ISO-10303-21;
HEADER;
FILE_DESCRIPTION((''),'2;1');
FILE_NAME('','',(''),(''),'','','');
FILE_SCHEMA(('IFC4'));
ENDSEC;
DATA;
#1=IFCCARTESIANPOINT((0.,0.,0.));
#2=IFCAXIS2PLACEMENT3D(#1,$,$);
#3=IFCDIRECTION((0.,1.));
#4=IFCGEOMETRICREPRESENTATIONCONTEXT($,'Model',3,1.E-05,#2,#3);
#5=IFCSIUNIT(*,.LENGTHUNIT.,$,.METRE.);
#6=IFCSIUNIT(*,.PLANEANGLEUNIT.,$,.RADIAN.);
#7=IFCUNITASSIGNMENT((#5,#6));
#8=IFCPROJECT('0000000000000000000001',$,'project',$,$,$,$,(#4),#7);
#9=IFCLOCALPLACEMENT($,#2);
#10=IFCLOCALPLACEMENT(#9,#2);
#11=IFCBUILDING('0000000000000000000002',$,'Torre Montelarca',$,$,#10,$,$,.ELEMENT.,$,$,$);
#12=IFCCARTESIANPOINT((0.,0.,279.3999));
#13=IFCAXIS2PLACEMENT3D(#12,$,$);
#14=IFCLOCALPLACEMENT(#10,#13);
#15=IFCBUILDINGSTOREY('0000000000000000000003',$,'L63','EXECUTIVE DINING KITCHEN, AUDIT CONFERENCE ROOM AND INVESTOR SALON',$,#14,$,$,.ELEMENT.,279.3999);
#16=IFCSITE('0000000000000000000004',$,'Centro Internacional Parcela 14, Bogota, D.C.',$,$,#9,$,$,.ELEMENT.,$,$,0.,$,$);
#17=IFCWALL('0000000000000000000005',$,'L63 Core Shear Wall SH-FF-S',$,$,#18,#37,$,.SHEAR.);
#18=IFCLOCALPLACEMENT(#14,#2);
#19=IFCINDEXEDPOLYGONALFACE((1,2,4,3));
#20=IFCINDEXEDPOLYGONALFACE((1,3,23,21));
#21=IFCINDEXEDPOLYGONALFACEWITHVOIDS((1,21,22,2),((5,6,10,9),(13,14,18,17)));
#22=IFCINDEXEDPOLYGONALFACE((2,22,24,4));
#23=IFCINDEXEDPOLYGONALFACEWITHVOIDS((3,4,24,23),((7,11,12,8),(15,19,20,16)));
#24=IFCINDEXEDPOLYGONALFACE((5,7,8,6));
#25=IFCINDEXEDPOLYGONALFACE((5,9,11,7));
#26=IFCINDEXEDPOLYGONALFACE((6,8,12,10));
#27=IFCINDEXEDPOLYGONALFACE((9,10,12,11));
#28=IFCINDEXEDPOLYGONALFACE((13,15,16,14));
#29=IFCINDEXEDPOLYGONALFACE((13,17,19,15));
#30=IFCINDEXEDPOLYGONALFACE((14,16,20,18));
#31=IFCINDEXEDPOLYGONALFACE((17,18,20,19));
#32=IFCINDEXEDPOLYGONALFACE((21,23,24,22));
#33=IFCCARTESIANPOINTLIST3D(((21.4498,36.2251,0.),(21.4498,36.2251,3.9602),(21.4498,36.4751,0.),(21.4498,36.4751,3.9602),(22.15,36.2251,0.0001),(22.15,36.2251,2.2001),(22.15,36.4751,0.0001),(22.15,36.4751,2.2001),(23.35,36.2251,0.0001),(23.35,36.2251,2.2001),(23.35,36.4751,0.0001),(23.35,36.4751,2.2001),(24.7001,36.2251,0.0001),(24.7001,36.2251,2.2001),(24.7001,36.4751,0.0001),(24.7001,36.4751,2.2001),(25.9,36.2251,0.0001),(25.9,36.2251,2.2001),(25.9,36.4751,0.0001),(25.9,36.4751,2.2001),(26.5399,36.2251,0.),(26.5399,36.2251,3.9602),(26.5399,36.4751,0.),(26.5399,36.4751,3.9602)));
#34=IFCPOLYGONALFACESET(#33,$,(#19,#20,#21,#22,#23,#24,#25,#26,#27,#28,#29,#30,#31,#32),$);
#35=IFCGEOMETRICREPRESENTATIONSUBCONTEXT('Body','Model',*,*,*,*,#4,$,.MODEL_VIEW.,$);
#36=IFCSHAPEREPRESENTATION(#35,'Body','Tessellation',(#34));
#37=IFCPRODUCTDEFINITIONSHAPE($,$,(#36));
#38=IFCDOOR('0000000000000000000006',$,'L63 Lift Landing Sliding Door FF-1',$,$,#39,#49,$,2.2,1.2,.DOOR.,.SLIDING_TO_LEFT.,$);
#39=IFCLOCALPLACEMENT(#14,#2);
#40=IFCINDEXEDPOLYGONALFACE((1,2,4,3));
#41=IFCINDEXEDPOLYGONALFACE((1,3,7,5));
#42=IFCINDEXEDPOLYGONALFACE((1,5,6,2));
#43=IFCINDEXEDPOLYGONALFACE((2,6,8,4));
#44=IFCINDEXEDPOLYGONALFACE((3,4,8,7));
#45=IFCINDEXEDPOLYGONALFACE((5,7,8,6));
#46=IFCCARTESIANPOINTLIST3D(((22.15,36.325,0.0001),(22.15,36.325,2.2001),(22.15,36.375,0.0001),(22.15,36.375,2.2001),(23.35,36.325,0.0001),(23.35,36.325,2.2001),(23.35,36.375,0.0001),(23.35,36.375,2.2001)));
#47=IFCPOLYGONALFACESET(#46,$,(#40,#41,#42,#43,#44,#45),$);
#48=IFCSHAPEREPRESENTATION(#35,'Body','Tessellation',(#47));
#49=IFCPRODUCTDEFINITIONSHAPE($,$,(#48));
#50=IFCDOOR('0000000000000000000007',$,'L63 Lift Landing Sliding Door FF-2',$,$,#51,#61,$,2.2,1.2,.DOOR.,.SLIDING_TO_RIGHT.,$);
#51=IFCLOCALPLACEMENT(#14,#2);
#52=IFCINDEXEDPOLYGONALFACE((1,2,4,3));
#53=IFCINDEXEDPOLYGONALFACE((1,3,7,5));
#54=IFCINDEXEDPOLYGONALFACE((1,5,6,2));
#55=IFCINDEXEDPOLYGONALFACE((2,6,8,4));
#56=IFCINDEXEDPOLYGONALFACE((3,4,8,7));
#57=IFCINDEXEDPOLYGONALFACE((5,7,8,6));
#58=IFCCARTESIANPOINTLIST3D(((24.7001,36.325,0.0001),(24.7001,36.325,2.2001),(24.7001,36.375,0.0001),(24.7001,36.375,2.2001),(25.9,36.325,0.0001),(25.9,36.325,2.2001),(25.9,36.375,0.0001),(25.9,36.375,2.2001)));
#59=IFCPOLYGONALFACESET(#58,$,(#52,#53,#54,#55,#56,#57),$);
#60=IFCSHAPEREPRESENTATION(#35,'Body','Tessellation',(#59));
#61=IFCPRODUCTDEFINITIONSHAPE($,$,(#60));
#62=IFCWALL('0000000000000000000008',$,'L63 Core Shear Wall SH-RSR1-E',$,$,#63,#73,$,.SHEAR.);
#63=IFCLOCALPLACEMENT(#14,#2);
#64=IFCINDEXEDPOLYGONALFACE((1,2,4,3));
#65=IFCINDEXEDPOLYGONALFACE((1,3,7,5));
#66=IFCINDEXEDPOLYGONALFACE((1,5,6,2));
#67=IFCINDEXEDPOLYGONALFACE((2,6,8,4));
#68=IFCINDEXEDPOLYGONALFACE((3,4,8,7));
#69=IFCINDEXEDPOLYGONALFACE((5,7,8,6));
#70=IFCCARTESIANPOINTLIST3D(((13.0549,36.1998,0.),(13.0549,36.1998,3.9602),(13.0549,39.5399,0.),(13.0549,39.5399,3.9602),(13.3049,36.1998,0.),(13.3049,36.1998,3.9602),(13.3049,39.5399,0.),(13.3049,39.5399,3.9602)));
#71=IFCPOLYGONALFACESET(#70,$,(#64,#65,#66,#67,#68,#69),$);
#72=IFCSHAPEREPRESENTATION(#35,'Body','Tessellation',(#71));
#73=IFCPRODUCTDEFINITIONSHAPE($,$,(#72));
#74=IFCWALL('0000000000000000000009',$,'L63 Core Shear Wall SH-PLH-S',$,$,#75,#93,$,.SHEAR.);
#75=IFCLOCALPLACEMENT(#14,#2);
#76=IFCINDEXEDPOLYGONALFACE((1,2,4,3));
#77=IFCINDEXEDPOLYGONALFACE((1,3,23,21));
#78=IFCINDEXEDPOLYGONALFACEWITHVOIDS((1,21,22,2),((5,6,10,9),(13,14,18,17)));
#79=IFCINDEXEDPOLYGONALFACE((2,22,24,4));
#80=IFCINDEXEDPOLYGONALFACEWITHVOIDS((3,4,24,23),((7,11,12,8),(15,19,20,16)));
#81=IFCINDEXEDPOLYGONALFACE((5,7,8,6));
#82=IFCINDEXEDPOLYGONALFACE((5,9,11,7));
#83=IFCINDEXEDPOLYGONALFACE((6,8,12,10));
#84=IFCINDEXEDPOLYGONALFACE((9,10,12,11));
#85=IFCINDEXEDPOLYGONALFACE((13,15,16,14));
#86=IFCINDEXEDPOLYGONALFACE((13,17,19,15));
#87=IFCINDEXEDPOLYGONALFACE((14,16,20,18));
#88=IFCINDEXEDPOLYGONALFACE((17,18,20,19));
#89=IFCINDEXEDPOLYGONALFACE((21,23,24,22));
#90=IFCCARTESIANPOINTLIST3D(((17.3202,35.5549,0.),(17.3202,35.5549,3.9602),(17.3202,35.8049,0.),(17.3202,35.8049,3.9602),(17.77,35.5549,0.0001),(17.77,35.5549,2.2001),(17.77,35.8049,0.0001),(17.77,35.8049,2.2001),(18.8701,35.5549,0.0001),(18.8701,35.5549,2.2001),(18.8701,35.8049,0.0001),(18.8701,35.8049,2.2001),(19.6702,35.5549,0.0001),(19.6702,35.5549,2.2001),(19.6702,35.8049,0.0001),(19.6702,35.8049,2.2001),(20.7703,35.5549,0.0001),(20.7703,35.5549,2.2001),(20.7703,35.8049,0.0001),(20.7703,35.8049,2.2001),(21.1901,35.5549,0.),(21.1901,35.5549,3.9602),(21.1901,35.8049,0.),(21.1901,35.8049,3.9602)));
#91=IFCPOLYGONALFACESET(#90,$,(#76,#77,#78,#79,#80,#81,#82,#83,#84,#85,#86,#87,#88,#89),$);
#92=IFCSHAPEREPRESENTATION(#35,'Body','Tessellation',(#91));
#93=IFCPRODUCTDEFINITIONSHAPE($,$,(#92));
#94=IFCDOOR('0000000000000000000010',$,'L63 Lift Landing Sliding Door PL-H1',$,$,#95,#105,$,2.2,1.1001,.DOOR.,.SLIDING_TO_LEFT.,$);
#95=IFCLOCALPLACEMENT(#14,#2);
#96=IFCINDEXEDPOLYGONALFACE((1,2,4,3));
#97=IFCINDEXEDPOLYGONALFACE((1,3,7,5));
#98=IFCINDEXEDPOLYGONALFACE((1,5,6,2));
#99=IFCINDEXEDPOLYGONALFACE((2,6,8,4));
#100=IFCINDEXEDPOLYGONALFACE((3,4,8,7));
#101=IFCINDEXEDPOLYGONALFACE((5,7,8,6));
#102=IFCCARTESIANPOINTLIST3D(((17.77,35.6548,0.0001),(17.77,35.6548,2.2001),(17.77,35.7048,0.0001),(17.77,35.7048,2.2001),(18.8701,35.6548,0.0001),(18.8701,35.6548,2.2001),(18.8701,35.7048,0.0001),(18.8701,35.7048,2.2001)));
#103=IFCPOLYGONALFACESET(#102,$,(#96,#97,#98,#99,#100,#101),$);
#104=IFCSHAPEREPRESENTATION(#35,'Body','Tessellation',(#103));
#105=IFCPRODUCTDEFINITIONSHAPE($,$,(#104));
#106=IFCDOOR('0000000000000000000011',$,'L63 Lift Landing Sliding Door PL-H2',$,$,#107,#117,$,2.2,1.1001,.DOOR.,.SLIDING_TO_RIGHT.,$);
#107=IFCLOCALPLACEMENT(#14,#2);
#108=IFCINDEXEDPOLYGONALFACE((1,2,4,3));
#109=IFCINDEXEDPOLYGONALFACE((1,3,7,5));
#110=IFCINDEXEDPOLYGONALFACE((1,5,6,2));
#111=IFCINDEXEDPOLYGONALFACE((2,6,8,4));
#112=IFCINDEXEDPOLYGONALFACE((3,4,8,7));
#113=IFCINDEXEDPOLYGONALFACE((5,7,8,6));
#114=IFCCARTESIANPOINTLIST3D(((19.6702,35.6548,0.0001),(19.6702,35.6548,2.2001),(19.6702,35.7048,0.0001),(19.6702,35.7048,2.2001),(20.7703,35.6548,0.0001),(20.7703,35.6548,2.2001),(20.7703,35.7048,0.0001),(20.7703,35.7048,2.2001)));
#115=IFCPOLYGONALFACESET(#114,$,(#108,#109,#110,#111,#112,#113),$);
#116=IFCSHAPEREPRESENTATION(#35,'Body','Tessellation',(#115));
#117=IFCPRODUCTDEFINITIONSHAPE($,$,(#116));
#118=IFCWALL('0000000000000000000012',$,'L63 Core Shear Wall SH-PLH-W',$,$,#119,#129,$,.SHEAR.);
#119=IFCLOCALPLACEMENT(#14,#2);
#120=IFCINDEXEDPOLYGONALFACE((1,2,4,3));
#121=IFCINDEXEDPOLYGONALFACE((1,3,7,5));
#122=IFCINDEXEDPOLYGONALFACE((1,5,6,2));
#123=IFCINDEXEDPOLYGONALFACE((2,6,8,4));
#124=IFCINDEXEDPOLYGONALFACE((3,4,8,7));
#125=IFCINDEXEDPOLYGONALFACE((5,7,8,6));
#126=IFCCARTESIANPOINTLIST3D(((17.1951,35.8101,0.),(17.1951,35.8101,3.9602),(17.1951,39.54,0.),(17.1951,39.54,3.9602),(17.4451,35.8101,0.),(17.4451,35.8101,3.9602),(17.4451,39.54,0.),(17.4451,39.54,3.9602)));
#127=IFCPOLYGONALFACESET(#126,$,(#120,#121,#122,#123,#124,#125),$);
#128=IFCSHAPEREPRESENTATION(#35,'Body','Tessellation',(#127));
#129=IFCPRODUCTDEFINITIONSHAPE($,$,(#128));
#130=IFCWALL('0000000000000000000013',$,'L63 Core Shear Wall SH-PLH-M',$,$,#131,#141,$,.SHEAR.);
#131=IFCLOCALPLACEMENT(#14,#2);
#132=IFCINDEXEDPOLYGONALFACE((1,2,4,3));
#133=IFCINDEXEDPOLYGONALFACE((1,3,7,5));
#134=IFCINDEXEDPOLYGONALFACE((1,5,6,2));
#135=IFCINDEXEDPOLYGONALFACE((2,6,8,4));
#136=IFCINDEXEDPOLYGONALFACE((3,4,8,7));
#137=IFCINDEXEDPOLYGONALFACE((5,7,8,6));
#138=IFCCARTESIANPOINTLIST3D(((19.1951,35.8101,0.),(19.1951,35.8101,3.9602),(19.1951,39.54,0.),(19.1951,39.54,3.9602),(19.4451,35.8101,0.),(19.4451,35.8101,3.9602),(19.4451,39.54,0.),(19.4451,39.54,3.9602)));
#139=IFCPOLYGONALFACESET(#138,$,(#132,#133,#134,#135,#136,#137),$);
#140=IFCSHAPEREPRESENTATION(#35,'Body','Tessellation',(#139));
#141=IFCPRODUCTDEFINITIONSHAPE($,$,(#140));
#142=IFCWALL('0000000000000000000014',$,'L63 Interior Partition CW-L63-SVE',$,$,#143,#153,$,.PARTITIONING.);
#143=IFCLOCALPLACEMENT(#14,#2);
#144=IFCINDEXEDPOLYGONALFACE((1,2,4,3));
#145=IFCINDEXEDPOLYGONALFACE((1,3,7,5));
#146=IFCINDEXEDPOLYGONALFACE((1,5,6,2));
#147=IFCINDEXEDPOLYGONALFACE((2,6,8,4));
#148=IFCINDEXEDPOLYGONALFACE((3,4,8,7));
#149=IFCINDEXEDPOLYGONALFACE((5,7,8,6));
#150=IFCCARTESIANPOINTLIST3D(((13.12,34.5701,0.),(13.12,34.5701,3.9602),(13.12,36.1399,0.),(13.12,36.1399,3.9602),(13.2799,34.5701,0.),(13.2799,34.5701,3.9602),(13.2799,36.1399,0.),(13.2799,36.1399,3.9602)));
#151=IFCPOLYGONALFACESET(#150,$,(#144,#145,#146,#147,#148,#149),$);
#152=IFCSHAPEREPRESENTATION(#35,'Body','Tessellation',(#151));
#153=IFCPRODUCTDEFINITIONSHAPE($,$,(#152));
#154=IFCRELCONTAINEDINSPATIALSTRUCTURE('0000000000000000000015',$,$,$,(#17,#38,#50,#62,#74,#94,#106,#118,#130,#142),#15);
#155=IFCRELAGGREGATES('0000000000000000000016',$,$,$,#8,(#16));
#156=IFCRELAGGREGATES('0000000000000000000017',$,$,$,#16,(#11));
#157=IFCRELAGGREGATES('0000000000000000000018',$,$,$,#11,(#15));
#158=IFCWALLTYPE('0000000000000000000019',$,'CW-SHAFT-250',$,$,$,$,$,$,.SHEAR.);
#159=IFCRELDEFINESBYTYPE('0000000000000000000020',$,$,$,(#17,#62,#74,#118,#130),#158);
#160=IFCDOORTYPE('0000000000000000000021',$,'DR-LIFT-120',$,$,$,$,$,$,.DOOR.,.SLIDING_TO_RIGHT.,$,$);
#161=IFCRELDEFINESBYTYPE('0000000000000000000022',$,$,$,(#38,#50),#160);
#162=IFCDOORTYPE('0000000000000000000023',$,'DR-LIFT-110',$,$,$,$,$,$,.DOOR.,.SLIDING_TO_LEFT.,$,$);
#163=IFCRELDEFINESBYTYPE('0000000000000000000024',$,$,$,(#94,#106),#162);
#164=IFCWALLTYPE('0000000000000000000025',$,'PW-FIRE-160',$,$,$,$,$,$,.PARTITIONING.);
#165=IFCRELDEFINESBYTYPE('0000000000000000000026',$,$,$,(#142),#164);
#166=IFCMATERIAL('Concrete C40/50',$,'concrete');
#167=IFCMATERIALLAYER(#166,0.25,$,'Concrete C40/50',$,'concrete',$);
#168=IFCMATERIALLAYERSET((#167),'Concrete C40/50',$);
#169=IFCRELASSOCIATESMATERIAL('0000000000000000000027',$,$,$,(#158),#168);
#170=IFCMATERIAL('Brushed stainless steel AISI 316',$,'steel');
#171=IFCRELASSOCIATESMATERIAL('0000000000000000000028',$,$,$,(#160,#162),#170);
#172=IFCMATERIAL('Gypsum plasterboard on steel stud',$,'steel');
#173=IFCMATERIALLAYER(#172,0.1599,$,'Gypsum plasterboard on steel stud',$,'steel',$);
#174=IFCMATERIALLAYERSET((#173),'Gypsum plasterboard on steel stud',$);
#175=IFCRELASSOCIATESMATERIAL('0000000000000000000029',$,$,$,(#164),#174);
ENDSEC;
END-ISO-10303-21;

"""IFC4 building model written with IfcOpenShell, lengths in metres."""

from ifc_helpers import new_model, si_unit, direction, frame, frame_2d, origin, place, context, subcontext, project, spatial, rectangle, extrude, source, transform, mapped, material, layer, layer_set, type_object, element, fill, save


model = new_model("IFC4")

# Units and contexts
model_context = context("Model", 3, precision=1e-05, world=origin(), true_north=direction((0.0, 1.0)))
body_context = subcontext(model_context, "Body", "Model", "MODEL_VIEW")
ifc_project = project(units=[si_unit("LENGTHUNIT", "METRE"), si_unit("PLANEANGLEUNIT", "RADIAN")], contexts=[model_context])

# Site, building, storey
site_placement = place(None, origin())
site = spatial("IfcSite", under=ifc_project, at=site_placement, Name="Centro Internacional Parcela 14, Bogota, D.C.", CompositionType="ELEMENT", RefElevation=0.0)
building_placement = place(site_placement, origin())
building = spatial("IfcBuilding", under=site, at=building_placement, Name="Torre Montelarca", CompositionType="ELEMENT")
storey_placement = place(building_placement, frame((0.0, 0.0, 279.3999)))
storey = spatial("IfcBuildingStorey", under=building, at=storey_placement, Name="L63", Description="EXECUTIVE DINING KITCHEN, AUDIT CONFERENCE ROOM AND INVESTOR SALON", CompositionType="ELEMENT", Elevation=279.3999)

# Shared definitions
ifc_material_1 = material(Name="Concrete C40/50", Category="concrete")
ifc_layer_1 = layer(ifc_material_1, 0.25, Name="Concrete C40/50", Category="concrete")
ifc_layer_set_1 = layer_set([ifc_layer_1], Name="Concrete C40/50")
wall_type_1 = type_object("IfcWallType", Name="CW-SHAFT-250", PredefinedType="SHEAR", material=ifc_layer_set_1)

# Wall, openings, doors
wall_1_placement = place(storey_placement, frame((21.45, 36.3501, 0.0), z_axis=(0.0, 0.0, 1.0), x_axis=(1.0, 0.0, 0.0)))
wall_1 = element("IfcWall", 1, at=wall_1_placement, inside=storey, type_object=wall_type_1, Name="L63 Core Shear Wall SH-FF-S", PredefinedType="SHEAR", context=body_context, shape_type="SweptSolid", body=[
    extrude(rectangle(XDim=5.0901, YDim=0.25, at=frame_2d((2.5449, 0.0))), origin(), (0.0, 0.0, 1.0), 3.9602),
])
opening_1_placement = place(wall_1_placement, frame((0.7, 0.0, 0.0)))
opening_1 = element("IfcOpeningElement", 2, at=opening_1_placement, cuts=wall_1, PredefinedType="OPENING", context=body_context, shape_type="SweptSolid", body=[
    extrude(rectangle(XDim=1.2, YDim=2.2, at=frame_2d((0.6001, 1.1001))), frame((0.0, 0.135, 0.0), z_axis=(0.0, -1.0, 0.0), x_axis=(1.0, 0.0, 0.0)), (0.0, 0.0, 1.0), 0.27),
])
opening_2_placement = place(wall_1_placement, frame((3.25, 0.0, 0.0)))
opening_2 = element("IfcOpeningElement", 3, at=opening_2_placement, cuts=wall_1, PredefinedType="OPENING", context=body_context, shape_type="SweptSolid", body=[
    extrude(rectangle(XDim=1.2, YDim=2.2, at=frame_2d((0.6001, 1.1001))), frame((0.0, 0.135, 0.0), z_axis=(0.0, -1.0, 0.0), x_axis=(1.0, 0.0, 0.0)), (0.0, 0.0, 1.0), 0.27),
])
ifc_material_2 = material(Name="Brushed stainless steel AISI 316", Category="steel")
door_type_1 = type_object("IfcDoorType", Name="DR-LIFT-120", OperationType="SLIDING_TO_RIGHT", PredefinedType="DOOR", material=ifc_material_2)
shared_shape_1 = source(origin(), body_context, "Body", "SweptSolid", [
    extrude(rectangle(XDim=1.2, YDim=2.2, at=frame_2d((0.6001, 1.1001))), frame((0.0, 0.0249, 0.0), z_axis=(0.0, -1.0, 0.0), x_axis=(1.0, 0.0, 0.0)), (0.0, 0.0, 1.0), 0.05),
])
door_1_placement = place(opening_1_placement, origin())
door_1 = element("IfcDoor", 4, at=door_1_placement, inside=storey, type_object=door_type_1, Name="L63 Lift Landing Sliding Door FF-1", OperationType="SLIDING_TO_LEFT", OverallHeight=2.2, OverallWidth=1.2, PredefinedType="DOOR", context=body_context, shape_type="MappedRepresentation", body=[
    mapped(shared_shape_1, transform((0.0, 0.0, 0.0), scale=1.0)),
])
fill(opening_1, door_1)
door_2_placement = place(opening_2_placement, origin())
door_2 = element("IfcDoor", 5, at=door_2_placement, inside=storey, type_object=door_type_1, Name="L63 Lift Landing Sliding Door FF-2", OperationType="SLIDING_TO_RIGHT", OverallHeight=2.2, OverallWidth=1.2, PredefinedType="DOOR", context=body_context, shape_type="MappedRepresentation", body=[
    mapped(shared_shape_1, transform((0.0, 0.0, 0.0), scale=1.0)),
])
fill(opening_2, door_2)

# Wall
wall_2_placement = place(storey_placement, frame((13.1799, 36.2, 0.0), z_axis=(0.0, 0.0, 1.0), x_axis=(0.0, 1.0, 0.0)))
element("IfcWall", 6, at=wall_2_placement, inside=storey, type_object=wall_type_1, Name="L63 Core Shear Wall SH-RSR1-E", PredefinedType="SHEAR", context=body_context, shape_type="SweptSolid", body=[
    extrude(rectangle(XDim=3.3401, YDim=0.25, at=frame_2d((1.6699, 0.0))), origin(), (0.0, 0.0, 1.0), 3.9602),
])

# Wall, openings, doors
wall_3_placement = place(storey_placement, frame((17.3201, 35.6799, 0.0), z_axis=(0.0, 0.0, 1.0), x_axis=(1.0, 0.0, 0.0)))
wall_3 = element("IfcWall", 7, at=wall_3_placement, inside=storey, type_object=wall_type_1, Name="L63 Core Shear Wall SH-PLH-S", PredefinedType="SHEAR", context=body_context, shape_type="SweptSolid", body=[
    extrude(rectangle(XDim=3.8699, YDim=0.25, at=frame_2d((1.9351, 0.0))), origin(), (0.0, 0.0, 1.0), 3.9602),
])
opening_3_placement = place(wall_3_placement, frame((0.45, 0.0, 0.0)))
opening_3 = element("IfcOpeningElement", 8, at=opening_3_placement, cuts=wall_3, PredefinedType="OPENING", context=body_context, shape_type="SweptSolid", body=[
    extrude(rectangle(XDim=1.1001, YDim=2.2, at=frame_2d((0.55, 1.1001))), frame((0.0, 0.135, 0.0), z_axis=(0.0, -1.0, 0.0), x_axis=(1.0, 0.0, 0.0)), (0.0, 0.0, 1.0), 0.27),
])
opening_4_placement = place(wall_3_placement, frame((2.3501, 0.0, 0.0)))
opening_4 = element("IfcOpeningElement", 9, at=opening_4_placement, cuts=wall_3, PredefinedType="OPENING", context=body_context, shape_type="SweptSolid", body=[
    extrude(rectangle(XDim=1.1001, YDim=2.2, at=frame_2d((0.55, 1.1001))), frame((0.0, 0.135, 0.0), z_axis=(0.0, -1.0, 0.0), x_axis=(1.0, 0.0, 0.0)), (0.0, 0.0, 1.0), 0.27),
])
door_type_2 = type_object("IfcDoorType", Name="DR-LIFT-110", OperationType="SLIDING_TO_LEFT", PredefinedType="DOOR", material=ifc_material_2)
shared_shape_2 = source(origin(), body_context, "Body", "SweptSolid", [
    extrude(rectangle(XDim=1.1001, YDim=2.2, at=frame_2d((0.55, 1.1001))), frame((0.0, 0.0249, 0.0), z_axis=(0.0, -1.0, 0.0), x_axis=(1.0, 0.0, 0.0)), (0.0, 0.0, 1.0), 0.05),
])
door_3_placement = place(opening_3_placement, origin())
door_3 = element("IfcDoor", 10, at=door_3_placement, inside=storey, type_object=door_type_2, Name="L63 Lift Landing Sliding Door PL-H1", OperationType="SLIDING_TO_LEFT", OverallHeight=2.2, OverallWidth=1.1001, PredefinedType="DOOR", context=body_context, shape_type="MappedRepresentation", body=[
    mapped(shared_shape_2, transform((0.0, 0.0, 0.0), scale=1.0)),
])
fill(opening_3, door_3)
door_4_placement = place(opening_4_placement, origin())
door_4 = element("IfcDoor", 11, at=door_4_placement, inside=storey, type_object=door_type_2, Name="L63 Lift Landing Sliding Door PL-H2", OperationType="SLIDING_TO_RIGHT", OverallHeight=2.2, OverallWidth=1.1001, PredefinedType="DOOR", context=body_context, shape_type="MappedRepresentation", body=[
    mapped(shared_shape_2, transform((0.0, 0.0, 0.0), scale=1.0)),
])
fill(opening_4, door_4)

# Walls
for number, where, z_axis, x_axis, name in (
    (12, (17.3201, 35.8101, 0.0), (0.0, 0.0, 1.0), (0.0, 1.0, 0.0), "L63 Core Shear Wall SH-PLH-W"),
    (13, (19.3201, 35.8101, 0.0), (0.0, 0.0, 1.0), (0.0, 1.0, 0.0), "L63 Core Shear Wall SH-PLH-M"),
):
    element("IfcWall", number, at=place(storey_placement, frame(where, z_axis=z_axis, x_axis=x_axis)), inside=storey, type_object=wall_type_1, Name=name, PredefinedType="SHEAR", context=body_context, shape_type="SweptSolid", body=[
        extrude(rectangle(XDim=3.73, YDim=0.25, at=frame_2d((1.865, 0.0))), origin(), (0.0, 0.0, 1.0), 3.9602),
    ])
ifc_material_3 = material(Name="Gypsum plasterboard on steel stud", Category="steel")
ifc_layer_2 = layer(ifc_material_3, 0.1599, Name="Gypsum plasterboard on steel stud", Category="steel")
ifc_layer_set_2 = layer_set([ifc_layer_2], Name="Gypsum plasterboard on steel stud")
wall_type_2 = type_object("IfcWallType", Name="PW-FIRE-160", PredefinedType="PARTITIONING", material=ifc_layer_set_2)
wall_4_placement = place(storey_placement, frame((13.2, 34.5701, 0.0), z_axis=(0.0, 0.0, 1.0), x_axis=(0.0, 1.0, 0.0)))
element("IfcWall", 14, at=wall_4_placement, inside=storey, type_object=wall_type_2, Name="L63 Interior Partition CW-L63-SVE", PredefinedType="PARTITIONING", context=body_context, shape_type="SweptSolid", body=[
    extrude(rectangle(XDim=1.5698, YDim=0.1599, at=frame_2d((0.7849, 0.0))), origin(), (0.0, 0.0, 1.0), 3.9602),
])

save(model, "model.ifc")
